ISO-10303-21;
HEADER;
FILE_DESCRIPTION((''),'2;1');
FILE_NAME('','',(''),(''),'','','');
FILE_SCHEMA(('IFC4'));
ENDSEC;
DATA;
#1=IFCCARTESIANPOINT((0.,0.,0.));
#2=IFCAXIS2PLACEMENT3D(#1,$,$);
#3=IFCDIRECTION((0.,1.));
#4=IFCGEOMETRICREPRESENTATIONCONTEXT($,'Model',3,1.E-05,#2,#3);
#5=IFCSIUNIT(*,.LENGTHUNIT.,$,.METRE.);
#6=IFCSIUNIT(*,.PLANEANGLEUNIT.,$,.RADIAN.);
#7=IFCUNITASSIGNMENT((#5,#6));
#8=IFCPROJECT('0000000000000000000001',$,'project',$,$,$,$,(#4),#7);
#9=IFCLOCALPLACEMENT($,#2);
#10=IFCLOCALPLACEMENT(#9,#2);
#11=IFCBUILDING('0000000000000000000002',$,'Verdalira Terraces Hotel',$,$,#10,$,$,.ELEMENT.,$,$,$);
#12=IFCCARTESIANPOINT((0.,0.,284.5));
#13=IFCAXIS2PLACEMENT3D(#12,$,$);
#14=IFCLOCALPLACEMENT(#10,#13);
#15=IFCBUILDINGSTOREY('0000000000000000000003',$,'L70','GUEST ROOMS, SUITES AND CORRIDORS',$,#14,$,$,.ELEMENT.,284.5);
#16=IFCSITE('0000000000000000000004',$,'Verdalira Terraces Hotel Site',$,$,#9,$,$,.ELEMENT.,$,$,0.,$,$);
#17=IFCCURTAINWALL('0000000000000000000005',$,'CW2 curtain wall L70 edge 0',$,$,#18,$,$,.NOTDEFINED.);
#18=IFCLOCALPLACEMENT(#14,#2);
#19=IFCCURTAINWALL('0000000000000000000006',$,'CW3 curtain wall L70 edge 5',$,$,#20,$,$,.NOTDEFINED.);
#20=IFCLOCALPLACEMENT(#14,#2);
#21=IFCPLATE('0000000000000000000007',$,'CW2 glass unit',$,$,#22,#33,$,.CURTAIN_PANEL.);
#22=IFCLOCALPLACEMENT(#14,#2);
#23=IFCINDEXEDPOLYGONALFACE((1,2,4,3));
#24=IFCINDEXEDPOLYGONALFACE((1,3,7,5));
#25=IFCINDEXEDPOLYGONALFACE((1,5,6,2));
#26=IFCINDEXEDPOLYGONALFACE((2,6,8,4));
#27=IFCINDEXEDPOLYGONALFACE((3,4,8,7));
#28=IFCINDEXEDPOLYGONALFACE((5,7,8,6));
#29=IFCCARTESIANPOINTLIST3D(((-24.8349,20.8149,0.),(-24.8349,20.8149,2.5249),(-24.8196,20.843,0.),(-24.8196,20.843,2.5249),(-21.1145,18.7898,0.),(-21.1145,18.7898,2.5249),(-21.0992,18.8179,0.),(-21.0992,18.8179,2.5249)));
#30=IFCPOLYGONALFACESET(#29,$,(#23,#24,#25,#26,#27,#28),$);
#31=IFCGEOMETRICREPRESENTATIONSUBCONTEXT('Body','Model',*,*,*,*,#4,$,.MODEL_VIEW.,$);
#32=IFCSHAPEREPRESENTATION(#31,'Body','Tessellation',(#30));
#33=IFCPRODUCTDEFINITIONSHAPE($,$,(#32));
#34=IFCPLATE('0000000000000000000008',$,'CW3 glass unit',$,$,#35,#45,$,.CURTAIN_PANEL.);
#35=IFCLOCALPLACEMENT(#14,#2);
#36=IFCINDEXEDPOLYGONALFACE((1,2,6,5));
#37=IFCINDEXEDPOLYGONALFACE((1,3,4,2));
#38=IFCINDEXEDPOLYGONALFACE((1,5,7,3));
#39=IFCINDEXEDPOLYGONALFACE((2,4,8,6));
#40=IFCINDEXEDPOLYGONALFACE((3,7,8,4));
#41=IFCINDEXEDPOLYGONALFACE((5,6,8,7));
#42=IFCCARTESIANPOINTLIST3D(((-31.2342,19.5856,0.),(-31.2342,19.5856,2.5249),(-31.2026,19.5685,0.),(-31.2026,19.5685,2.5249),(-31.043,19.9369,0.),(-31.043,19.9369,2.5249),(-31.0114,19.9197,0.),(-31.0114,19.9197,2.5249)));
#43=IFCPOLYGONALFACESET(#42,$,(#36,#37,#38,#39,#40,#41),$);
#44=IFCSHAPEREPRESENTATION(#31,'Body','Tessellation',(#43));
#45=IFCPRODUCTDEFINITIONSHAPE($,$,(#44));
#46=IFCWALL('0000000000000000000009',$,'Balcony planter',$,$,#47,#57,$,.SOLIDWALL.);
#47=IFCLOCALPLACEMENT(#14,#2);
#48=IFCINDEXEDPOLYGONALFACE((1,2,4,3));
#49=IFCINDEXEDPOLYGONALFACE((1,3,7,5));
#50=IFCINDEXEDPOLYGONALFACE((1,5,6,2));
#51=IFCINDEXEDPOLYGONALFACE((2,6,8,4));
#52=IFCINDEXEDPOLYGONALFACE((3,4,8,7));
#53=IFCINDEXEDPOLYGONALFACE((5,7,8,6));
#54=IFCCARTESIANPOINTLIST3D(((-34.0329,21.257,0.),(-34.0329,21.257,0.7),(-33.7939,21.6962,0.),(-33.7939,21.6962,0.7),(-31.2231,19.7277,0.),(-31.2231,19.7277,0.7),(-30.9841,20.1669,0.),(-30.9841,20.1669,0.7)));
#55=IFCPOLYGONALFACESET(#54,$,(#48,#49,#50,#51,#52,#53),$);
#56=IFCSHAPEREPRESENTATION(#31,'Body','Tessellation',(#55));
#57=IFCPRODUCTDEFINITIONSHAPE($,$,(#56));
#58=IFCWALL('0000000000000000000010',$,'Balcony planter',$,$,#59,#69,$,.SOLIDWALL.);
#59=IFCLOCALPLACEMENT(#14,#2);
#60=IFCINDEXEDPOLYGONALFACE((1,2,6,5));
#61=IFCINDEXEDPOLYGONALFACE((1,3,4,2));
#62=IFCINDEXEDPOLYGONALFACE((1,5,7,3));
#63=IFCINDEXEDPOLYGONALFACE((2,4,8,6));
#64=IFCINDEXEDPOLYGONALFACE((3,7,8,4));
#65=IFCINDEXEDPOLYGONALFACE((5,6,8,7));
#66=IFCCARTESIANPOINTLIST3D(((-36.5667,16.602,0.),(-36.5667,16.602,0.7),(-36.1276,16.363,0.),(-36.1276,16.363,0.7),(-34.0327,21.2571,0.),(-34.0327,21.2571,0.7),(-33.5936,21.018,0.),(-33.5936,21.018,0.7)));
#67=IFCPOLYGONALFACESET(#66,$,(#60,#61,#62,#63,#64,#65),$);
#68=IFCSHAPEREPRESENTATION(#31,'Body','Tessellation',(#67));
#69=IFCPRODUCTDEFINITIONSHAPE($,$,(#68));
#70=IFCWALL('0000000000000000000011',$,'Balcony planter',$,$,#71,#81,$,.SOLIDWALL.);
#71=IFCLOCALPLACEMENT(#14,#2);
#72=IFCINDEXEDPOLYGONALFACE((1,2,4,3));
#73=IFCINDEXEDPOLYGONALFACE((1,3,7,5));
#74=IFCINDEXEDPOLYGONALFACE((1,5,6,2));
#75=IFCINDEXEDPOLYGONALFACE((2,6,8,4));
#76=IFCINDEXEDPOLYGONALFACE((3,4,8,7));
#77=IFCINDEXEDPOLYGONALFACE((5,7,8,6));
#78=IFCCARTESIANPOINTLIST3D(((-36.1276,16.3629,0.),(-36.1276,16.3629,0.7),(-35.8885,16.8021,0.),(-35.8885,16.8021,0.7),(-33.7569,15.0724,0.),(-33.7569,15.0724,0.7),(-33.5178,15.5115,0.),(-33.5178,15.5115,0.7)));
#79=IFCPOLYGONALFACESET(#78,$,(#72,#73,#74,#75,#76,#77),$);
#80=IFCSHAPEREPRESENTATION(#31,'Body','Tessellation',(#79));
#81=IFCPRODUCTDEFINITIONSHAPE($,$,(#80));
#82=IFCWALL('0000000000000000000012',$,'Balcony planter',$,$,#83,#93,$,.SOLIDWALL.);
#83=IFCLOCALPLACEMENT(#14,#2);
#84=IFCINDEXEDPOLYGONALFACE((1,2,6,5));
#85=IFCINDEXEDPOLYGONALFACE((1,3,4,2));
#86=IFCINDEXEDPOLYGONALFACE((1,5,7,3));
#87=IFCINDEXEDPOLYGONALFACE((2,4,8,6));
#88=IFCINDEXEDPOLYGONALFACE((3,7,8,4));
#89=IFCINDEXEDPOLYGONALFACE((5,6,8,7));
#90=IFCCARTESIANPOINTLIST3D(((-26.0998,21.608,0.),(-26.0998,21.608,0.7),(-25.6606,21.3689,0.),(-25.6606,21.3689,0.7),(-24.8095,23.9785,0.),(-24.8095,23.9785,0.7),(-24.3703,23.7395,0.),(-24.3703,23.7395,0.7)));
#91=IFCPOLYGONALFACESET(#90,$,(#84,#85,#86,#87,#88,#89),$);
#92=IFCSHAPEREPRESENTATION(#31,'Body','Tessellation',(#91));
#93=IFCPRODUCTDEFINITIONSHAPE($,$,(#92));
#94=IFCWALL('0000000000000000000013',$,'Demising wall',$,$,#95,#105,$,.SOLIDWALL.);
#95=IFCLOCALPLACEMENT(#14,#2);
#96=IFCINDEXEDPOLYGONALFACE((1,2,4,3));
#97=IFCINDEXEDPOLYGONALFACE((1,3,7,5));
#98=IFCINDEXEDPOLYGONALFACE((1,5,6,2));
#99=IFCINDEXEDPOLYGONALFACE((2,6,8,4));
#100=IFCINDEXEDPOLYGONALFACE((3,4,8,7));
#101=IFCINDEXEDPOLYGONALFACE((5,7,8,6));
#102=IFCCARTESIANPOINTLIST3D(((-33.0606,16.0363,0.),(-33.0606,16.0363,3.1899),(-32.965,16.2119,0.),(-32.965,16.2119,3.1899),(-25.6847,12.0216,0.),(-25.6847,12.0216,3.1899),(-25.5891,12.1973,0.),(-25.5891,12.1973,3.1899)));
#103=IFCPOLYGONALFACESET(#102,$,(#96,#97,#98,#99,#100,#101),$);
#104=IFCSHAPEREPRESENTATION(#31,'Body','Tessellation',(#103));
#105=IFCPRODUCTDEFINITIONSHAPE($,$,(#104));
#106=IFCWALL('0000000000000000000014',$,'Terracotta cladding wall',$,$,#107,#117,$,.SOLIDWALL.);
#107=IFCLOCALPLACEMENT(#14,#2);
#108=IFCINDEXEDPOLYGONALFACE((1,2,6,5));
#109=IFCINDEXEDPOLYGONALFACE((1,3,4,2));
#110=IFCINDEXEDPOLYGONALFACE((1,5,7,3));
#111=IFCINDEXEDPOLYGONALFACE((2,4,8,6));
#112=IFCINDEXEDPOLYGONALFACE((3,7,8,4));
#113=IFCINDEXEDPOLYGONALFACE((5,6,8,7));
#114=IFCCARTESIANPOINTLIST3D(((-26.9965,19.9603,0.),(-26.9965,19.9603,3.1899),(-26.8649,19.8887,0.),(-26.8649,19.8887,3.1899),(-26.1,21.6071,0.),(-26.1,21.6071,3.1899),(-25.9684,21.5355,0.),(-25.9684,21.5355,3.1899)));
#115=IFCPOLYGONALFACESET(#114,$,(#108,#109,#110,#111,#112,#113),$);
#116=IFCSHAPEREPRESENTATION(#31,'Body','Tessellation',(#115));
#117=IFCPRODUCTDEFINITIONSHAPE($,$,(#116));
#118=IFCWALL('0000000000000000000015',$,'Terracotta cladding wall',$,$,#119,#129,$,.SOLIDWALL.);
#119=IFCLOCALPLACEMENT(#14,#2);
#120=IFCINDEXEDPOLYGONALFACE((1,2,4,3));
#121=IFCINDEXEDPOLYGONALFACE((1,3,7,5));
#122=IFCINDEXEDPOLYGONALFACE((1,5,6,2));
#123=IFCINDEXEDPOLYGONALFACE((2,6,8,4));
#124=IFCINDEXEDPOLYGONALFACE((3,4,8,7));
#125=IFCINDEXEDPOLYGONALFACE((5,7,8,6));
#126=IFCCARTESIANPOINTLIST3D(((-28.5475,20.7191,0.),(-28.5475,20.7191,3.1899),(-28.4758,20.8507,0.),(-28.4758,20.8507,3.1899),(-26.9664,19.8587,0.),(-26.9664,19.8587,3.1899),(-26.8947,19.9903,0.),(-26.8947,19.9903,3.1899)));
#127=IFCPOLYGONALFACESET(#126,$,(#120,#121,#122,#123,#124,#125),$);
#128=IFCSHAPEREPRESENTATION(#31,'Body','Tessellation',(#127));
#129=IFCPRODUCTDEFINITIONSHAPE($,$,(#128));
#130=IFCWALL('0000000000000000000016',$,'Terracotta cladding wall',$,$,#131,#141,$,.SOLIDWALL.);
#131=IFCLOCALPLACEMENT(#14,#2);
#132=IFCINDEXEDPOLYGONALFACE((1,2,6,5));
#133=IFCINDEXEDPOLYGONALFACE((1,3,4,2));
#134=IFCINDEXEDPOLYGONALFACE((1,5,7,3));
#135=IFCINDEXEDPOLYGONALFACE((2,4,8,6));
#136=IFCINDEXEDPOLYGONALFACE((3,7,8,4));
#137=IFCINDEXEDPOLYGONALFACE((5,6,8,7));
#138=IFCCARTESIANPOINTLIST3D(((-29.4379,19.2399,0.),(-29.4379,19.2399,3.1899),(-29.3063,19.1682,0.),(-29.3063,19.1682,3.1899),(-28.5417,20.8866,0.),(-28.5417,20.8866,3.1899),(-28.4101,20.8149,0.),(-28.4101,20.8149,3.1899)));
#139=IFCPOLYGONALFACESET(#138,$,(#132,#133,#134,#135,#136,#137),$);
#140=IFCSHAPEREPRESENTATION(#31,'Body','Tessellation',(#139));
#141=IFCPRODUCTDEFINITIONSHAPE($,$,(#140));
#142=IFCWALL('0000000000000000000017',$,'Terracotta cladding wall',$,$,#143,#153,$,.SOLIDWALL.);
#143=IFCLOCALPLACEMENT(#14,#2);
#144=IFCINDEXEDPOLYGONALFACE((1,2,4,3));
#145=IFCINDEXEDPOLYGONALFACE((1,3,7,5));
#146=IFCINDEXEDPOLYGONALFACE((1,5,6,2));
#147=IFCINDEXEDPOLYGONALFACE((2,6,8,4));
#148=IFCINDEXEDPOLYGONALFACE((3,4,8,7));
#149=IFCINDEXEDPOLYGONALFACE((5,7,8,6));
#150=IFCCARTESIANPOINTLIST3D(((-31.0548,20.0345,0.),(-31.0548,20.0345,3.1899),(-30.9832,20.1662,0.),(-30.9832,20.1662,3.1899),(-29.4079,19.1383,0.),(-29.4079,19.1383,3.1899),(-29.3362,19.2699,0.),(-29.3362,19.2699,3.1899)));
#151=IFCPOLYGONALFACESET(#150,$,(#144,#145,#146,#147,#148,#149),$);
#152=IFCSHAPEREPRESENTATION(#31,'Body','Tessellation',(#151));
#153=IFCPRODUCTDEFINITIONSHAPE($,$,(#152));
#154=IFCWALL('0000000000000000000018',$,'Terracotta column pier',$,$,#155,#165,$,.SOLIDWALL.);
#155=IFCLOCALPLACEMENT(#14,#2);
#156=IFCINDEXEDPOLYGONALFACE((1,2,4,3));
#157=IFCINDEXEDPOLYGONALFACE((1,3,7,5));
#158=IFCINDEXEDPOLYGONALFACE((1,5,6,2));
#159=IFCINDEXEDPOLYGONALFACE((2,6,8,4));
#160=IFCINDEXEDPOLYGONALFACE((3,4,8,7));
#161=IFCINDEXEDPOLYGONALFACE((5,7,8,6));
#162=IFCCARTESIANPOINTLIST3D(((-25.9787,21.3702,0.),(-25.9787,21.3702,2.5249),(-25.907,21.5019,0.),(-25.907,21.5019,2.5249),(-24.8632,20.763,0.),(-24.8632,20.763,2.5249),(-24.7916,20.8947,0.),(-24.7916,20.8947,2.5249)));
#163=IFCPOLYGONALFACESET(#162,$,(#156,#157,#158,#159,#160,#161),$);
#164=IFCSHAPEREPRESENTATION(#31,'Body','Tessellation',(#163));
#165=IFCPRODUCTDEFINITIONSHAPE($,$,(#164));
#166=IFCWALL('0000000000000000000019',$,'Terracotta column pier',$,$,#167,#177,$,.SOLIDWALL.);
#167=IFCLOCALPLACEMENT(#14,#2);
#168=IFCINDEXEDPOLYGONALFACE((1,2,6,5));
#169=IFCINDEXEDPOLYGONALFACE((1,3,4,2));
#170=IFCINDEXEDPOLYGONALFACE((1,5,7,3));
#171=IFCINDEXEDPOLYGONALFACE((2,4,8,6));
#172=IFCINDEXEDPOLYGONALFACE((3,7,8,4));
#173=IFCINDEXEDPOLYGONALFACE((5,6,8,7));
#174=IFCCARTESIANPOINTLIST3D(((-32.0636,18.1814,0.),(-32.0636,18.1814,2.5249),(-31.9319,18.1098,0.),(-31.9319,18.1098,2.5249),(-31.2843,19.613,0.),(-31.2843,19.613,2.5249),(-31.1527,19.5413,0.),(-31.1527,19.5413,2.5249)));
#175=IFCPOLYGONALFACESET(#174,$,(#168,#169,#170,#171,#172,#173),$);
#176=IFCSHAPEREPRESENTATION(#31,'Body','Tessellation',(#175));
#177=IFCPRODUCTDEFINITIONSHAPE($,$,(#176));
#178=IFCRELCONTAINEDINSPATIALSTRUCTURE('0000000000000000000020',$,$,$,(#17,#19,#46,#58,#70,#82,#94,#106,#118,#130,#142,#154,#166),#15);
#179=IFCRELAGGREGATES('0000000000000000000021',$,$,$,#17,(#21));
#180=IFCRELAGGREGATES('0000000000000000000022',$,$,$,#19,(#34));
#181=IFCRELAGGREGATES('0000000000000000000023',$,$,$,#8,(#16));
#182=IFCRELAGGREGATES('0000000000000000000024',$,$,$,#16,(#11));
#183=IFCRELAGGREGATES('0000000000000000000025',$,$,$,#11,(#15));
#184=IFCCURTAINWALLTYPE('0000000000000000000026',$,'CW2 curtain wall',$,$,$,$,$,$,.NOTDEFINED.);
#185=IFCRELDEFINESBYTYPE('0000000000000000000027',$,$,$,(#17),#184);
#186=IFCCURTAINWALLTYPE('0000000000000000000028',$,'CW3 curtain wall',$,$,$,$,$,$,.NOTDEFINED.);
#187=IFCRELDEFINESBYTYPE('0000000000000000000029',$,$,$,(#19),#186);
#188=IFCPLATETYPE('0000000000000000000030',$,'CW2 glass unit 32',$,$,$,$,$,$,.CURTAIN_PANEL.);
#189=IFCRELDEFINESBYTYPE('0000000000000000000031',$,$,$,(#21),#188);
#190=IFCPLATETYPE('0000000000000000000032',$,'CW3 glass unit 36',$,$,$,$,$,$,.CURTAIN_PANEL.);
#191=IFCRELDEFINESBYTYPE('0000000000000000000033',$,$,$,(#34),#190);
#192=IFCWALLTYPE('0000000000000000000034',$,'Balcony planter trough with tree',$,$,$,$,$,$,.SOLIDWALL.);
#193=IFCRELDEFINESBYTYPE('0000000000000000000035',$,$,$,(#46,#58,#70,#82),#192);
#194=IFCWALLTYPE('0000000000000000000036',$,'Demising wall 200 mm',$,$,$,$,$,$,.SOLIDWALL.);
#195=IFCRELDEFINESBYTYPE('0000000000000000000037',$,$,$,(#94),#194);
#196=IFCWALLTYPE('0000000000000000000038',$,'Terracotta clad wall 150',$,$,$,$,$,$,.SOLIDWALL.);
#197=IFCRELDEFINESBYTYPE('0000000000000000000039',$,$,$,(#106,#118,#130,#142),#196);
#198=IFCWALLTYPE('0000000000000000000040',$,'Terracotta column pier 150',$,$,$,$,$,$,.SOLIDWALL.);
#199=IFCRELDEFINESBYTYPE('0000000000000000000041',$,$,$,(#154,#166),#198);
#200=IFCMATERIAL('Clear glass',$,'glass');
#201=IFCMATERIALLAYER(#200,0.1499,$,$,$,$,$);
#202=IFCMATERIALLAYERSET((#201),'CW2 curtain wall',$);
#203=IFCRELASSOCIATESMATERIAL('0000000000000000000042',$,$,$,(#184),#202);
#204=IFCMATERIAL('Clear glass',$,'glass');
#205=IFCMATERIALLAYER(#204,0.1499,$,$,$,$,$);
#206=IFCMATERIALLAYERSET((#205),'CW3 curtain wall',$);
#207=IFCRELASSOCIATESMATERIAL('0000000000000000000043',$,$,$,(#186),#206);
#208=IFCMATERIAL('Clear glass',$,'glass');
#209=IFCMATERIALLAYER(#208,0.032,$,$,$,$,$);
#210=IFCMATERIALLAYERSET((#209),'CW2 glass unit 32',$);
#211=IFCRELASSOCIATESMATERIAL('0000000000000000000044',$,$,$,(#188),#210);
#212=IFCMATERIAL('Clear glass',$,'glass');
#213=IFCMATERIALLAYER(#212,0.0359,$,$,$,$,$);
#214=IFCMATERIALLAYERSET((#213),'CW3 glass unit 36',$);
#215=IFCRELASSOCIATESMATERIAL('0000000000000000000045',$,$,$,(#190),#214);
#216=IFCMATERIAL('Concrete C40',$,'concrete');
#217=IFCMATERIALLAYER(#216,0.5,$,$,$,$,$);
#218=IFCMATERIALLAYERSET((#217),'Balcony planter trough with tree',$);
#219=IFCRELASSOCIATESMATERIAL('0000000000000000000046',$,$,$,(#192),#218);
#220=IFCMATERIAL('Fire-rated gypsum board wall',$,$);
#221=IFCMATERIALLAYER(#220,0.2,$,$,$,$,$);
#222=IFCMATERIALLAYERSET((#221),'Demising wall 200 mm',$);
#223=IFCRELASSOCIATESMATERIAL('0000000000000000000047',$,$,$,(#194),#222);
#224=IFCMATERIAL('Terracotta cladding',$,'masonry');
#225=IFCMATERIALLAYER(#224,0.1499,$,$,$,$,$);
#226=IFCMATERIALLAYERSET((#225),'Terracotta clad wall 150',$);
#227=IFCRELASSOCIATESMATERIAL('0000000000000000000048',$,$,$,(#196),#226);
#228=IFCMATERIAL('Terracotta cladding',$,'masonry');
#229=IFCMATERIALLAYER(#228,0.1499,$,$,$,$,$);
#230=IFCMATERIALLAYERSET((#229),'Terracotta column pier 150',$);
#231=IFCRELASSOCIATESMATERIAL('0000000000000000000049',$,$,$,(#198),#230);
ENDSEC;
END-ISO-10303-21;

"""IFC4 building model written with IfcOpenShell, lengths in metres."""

from ifc_helpers import new_model, si_unit, direction, frame, frame_2d, origin, origin_2d, place, context, subcontext, project, spatial, rectangle, extrude, material, layer, layer_set, type_object, element, aggregate, save


model = new_model("IFC4")

# Units and contexts
model_context = context("Model", 3, precision=1e-05, world=origin(), true_north=direction((0.0, 1.0)))
body_context = subcontext(model_context, "Body", "Model", "MODEL_VIEW")
ifc_project = project(units=[si_unit("LENGTHUNIT", "METRE"), si_unit("PLANEANGLEUNIT", "RADIAN")], contexts=[model_context])

# Site, building, storey
site_placement = place(None, origin())
site = spatial("IfcSite", under=ifc_project, at=site_placement, Name="Verdalira Terraces Hotel Site", CompositionType="ELEMENT", RefElevation=0.0)
building_placement = place(site_placement, origin())
building = spatial("IfcBuilding", under=site, at=building_placement, Name="Verdalira Terraces Hotel", CompositionType="ELEMENT")
storey_placement = place(building_placement, frame((0.0, 0.0, 284.5)))
storey = spatial("IfcBuildingStorey", under=building, at=storey_placement, Name="L70", Description="GUEST ROOMS, SUITES AND CORRIDORS", CompositionType="ELEMENT", Elevation=284.5)

# Curtain wall
ifc_material_1 = material(Name="Clear glass", Category="glass")
ifc_layer_1 = layer(ifc_material_1, 0.1499)
ifc_layer_set_1 = layer_set([ifc_layer_1], Name="CW2 curtain wall")
curtain_wall_type_1 = type_object("IfcCurtainWallType", Name="CW2 curtain wall", PredefinedType="NOTDEFINED", material=ifc_layer_set_1)
curtain_wall_1_placement = place(storey_placement, origin())
curtain_wall_1 = element("IfcCurtainWall", 1, at=curtain_wall_1_placement, inside=storey, type_object=curtain_wall_type_1, Name="CW2 curtain wall L70 edge 0", PredefinedType="NOTDEFINED")

# Curtain wall
ifc_material_2 = material(Name="Clear glass", Category="glass")
ifc_layer_2 = layer(ifc_material_2, 0.1499)
ifc_layer_set_2 = layer_set([ifc_layer_2], Name="CW3 curtain wall")
curtain_wall_type_2 = type_object("IfcCurtainWallType", Name="CW3 curtain wall", PredefinedType="NOTDEFINED", material=ifc_layer_set_2)
curtain_wall_2_placement = place(storey_placement, origin())
curtain_wall_2 = element("IfcCurtainWall", 2, at=curtain_wall_2_placement, inside=storey, type_object=curtain_wall_type_2, Name="CW3 curtain wall L70 edge 5", PredefinedType="NOTDEFINED")

# Plates
ifc_material_3 = material(Name="Clear glass", Category="glass")
ifc_layer_3 = layer(ifc_material_3, 0.032)
ifc_layer_set_3 = layer_set([ifc_layer_3], Name="CW2 glass unit 32")
plate_type_1 = type_object("IfcPlateType", Name="CW2 glass unit 32", PredefinedType="CURTAIN_PANEL", material=ifc_layer_set_3)
plate_1_placement = place(storey_placement, frame((-22.967, 19.8164, 0.0), z_axis=(0.0, 0.0, 1.0), x_axis=(-0.878317, 0.478079, 0.0)))
plate_1 = element("IfcPlate", 3, at=plate_1_placement, type_object=plate_type_1, Name="CW2 glass unit", PredefinedType="CURTAIN_PANEL", context=body_context, shape_type="SweptSolid", body=[
    extrude(rectangle(XDim=4.2358, YDim=0.032, at=origin_2d()), origin(), (0.0, 0.0, 1.0), 2.5249),
])
aggregate(curtain_wall_1, [plate_1])
ifc_material_4 = material(Name="Clear glass", Category="glass")
ifc_layer_4 = layer(ifc_material_4, 0.0359)
ifc_layer_set_4 = layer_set([ifc_layer_4], Name="CW3 glass unit 36")
plate_type_2 = type_object("IfcPlateType", Name="CW3 glass unit 36", PredefinedType="CURTAIN_PANEL", material=ifc_layer_set_4)
plate_2_placement = place(storey_placement, frame((-31.1228, 19.7527, 0.0), z_axis=(0.0, 0.0, 1.0), x_axis=(-0.478079, -0.878317, 0.0)))
plate_2 = element("IfcPlate", 4, at=plate_2_placement, type_object=plate_type_2, Name="CW3 glass unit", PredefinedType="CURTAIN_PANEL", context=body_context, shape_type="SweptSolid", body=[
    extrude(rectangle(XDim=0.3999, YDim=0.0359, at=origin_2d()), origin(), (0.0, 0.0, 1.0), 2.5249),
])
aggregate(curtain_wall_2, [plate_2])

# Walls
ifc_material_5 = material(Name="Concrete C40", Category="concrete")
ifc_layer_5 = layer(ifc_material_5, 0.5)
ifc_layer_set_5 = layer_set([ifc_layer_5], Name="Balcony planter trough with tree")
wall_type_1 = type_object("IfcWallType", Name="Balcony planter trough with tree", PredefinedType="SOLIDWALL", material=ifc_layer_set_5)
wall_1_placement = place(storey_placement, frame((-31.1035, 19.9473, 0.0), z_axis=(0.0, 0.0, 1.0), x_axis=(-0.878333, 0.47805, 0.0)))
element("IfcWall", 5, at=wall_1_placement, inside=storey, type_object=wall_type_1, Name="Balcony planter", PredefinedType="SOLIDWALL", context=body_context, shape_type="SweptSolid", body=[
    extrude(rectangle(XDim=3.199, YDim=0.5, at=frame_2d((1.5996, 0.0))), origin(), (0.0, 0.0, 1.0), 0.7),
])
wall_2_placement = place(storey_placement, frame((-33.8132, 21.1375, 0.0), z_axis=(0.0, 0.0, 1.0), x_axis=(-0.4781, -0.878305, 0.0)))
element("IfcWall", 6, at=wall_2_placement, inside=storey, type_object=wall_type_1, Name="Balcony planter", PredefinedType="SOLIDWALL", context=body_context, shape_type="SweptSolid", body=[
    extrude(rectangle(XDim=5.3, YDim=0.5, at=frame_2d((2.6499, 0.0))), origin(), (0.0, 0.0, 1.0), 0.7),
])
wall_3_placement = place(storey_placement, frame((-36.0081, 16.5825, 0.0), z_axis=(0.0, 0.0, 1.0), x_axis=(0.878289, -0.47813, 0.0)))
element("IfcWall", 7, at=wall_3_placement, inside=storey, type_object=wall_type_1, Name="Balcony planter", PredefinedType="SOLIDWALL", context=body_context, shape_type="SweptSolid", body=[
    extrude(rectangle(XDim=2.6992, YDim=0.5, at=frame_2d((1.3496, 0.0))), origin(), (0.0, 0.0, 1.0), 0.7),
])
wall_4_placement = place(storey_placement, frame((-24.5898, 23.8591, 0.0), z_axis=(0.0, 0.0, 1.0), x_axis=(-0.47806, -0.878327, 0.0)))
element("IfcWall", 8, at=wall_4_placement, inside=storey, type_object=wall_type_1, Name="Balcony planter", PredefinedType="SOLIDWALL", context=body_context, shape_type="SweptSolid", body=[
    extrude(rectangle(XDim=2.699, YDim=0.5, at=frame_2d((1.3496, 0.0))), origin(), (0.0, 0.0, 1.0), 0.7),
])
ifc_material_6 = material(Name="Fire-rated gypsum board wall")
ifc_layer_6 = layer(ifc_material_6, 0.2)
ifc_layer_set_6 = layer_set([ifc_layer_6], Name="Demising wall 200 mm")
wall_type_2 = type_object("IfcWallType", Name="Demising wall 200 mm", PredefinedType="SOLIDWALL", material=ifc_layer_set_6)
wall_5_placement = place(storey_placement, frame((-33.0127, 16.124, 0.0), z_axis=(0.0, 0.0, 1.0), x_axis=(0.878326, -0.478062, 0.0)))
element("IfcWall", 9, at=wall_5_placement, inside=storey, type_object=wall_type_2, Name="Demising wall", PredefinedType="SOLIDWALL", context=body_context, shape_type="SweptSolid", body=[
    extrude(rectangle(XDim=8.3977, YDim=0.2, at=frame_2d((4.1987, 0.0))), origin(), (0.0, 0.0, 1.0), 3.1899),
])
ifc_material_7 = material(Name="Terracotta cladding", Category="masonry")
ifc_layer_7 = layer(ifc_material_7, 0.1499)
ifc_layer_set_7 = layer_set([ifc_layer_7], Name="Terracotta clad wall 150")
wall_type_3 = type_object("IfcWallType", Name="Terracotta clad wall 150", PredefinedType="SOLIDWALL", material=ifc_layer_set_7)
wall_6_placement = place(storey_placement, frame((-26.0342, 21.5713, 0.0), z_axis=(0.0, 0.0, 1.0), x_axis=(-0.47814, -0.878283, 0.0)))
element("IfcWall", 10, at=wall_6_placement, inside=storey, type_object=wall_type_3, Name="Terracotta cladding wall", PredefinedType="SOLIDWALL", context=body_context, shape_type="SweptSolid", body=[
    extrude(rectangle(XDim=1.875, YDim=0.1499, at=frame_2d((0.9375, 0.0))), origin(), (0.0, 0.0, 1.0), 3.1899),
])
wall_7_placement = place(storey_placement, frame((-26.9307, 19.9246, 0.0), z_axis=(0.0, 0.0, 1.0), x_axis=(-0.878372, 0.477978, 0.0)))
element("IfcWall", 11, at=wall_7_placement, inside=storey, type_object=wall_type_3, Name="Terracotta cladding wall", PredefinedType="SOLIDWALL", context=body_context, shape_type="SweptSolid", body=[
    extrude(rectangle(XDim=1.8, YDim=0.1499, at=frame_2d((0.8999, 0.0))), origin(), (0.0, 0.0, 1.0), 3.1899),
])
wall_8_placement = place(storey_placement, frame((-28.4758, 20.8508, 0.0), z_axis=(0.0, 0.0, 1.0), x_axis=(-0.47804, -0.878338, 0.0)))
element("IfcWall", 12, at=wall_8_placement, inside=storey, type_object=wall_type_3, Name="Terracotta cladding wall", PredefinedType="SOLIDWALL", context=body_context, shape_type="SweptSolid", body=[
    extrude(rectangle(XDim=1.8748, YDim=0.1499, at=frame_2d((0.9375, 0.0))), origin(), (0.0, 0.0, 1.0), 3.1899),
])
wall_9_placement = place(storey_placement, frame((-29.3721, 19.2041, 0.0), z_axis=(0.0, 0.0, 1.0), x_axis=(-0.878368, 0.477985, 0.0)))
element("IfcWall", 13, at=wall_9_placement, inside=storey, type_object=wall_type_3, Name="Terracotta cladding wall", PredefinedType="SOLIDWALL", context=body_context, shape_type="SweptSolid", body=[
    extrude(rectangle(XDim=1.875, YDim=0.1499, at=frame_2d((0.9375, 0.0))), origin(), (0.0, 0.0, 1.0), 3.1899),
])
ifc_material_8 = material(Name="Terracotta cladding", Category="masonry")
ifc_layer_8 = layer(ifc_material_8, 0.1499)
ifc_layer_set_8 = layer_set([ifc_layer_8], Name="Terracotta column pier 150")
wall_type_4 = type_object("IfcWallType", Name="Terracotta column pier 150", PredefinedType="SOLIDWALL", material=ifc_layer_set_8)
wall_10_placement = place(storey_placement, frame((-24.8274, 20.8289, 0.0), z_axis=(0.0, 0.0, 1.0), x_axis=(-0.878314, 0.478084, 0.0)))
element("IfcWall", 14, at=wall_10_placement, inside=storey, type_object=wall_type_4, Name="Terracotta column pier", PredefinedType="SOLIDWALL", context=body_context, shape_type="SweptSolid", body=[
    extrude(rectangle(XDim=1.27, YDim=0.1499, at=frame_2d((0.635, 0.0))), origin(), (0.0, 0.0, 1.0), 2.5249),
])
wall_11_placement = place(storey_placement, frame((-31.2185, 19.5771, 0.0), z_axis=(0.0, 0.0, 1.0), x_axis=(-0.478096, -0.878307, 0.0)))
element("IfcWall", 15, at=wall_11_placement, inside=storey, type_object=wall_type_4, Name="Terracotta column pier", PredefinedType="SOLIDWALL", context=body_context, shape_type="SweptSolid", body=[
    extrude(rectangle(XDim=1.6299, YDim=0.1499, at=frame_2d((0.8149, 0.0))), origin(), (0.0, 0.0, 1.0), 2.5249),
])

save(model, "model.ifc")
